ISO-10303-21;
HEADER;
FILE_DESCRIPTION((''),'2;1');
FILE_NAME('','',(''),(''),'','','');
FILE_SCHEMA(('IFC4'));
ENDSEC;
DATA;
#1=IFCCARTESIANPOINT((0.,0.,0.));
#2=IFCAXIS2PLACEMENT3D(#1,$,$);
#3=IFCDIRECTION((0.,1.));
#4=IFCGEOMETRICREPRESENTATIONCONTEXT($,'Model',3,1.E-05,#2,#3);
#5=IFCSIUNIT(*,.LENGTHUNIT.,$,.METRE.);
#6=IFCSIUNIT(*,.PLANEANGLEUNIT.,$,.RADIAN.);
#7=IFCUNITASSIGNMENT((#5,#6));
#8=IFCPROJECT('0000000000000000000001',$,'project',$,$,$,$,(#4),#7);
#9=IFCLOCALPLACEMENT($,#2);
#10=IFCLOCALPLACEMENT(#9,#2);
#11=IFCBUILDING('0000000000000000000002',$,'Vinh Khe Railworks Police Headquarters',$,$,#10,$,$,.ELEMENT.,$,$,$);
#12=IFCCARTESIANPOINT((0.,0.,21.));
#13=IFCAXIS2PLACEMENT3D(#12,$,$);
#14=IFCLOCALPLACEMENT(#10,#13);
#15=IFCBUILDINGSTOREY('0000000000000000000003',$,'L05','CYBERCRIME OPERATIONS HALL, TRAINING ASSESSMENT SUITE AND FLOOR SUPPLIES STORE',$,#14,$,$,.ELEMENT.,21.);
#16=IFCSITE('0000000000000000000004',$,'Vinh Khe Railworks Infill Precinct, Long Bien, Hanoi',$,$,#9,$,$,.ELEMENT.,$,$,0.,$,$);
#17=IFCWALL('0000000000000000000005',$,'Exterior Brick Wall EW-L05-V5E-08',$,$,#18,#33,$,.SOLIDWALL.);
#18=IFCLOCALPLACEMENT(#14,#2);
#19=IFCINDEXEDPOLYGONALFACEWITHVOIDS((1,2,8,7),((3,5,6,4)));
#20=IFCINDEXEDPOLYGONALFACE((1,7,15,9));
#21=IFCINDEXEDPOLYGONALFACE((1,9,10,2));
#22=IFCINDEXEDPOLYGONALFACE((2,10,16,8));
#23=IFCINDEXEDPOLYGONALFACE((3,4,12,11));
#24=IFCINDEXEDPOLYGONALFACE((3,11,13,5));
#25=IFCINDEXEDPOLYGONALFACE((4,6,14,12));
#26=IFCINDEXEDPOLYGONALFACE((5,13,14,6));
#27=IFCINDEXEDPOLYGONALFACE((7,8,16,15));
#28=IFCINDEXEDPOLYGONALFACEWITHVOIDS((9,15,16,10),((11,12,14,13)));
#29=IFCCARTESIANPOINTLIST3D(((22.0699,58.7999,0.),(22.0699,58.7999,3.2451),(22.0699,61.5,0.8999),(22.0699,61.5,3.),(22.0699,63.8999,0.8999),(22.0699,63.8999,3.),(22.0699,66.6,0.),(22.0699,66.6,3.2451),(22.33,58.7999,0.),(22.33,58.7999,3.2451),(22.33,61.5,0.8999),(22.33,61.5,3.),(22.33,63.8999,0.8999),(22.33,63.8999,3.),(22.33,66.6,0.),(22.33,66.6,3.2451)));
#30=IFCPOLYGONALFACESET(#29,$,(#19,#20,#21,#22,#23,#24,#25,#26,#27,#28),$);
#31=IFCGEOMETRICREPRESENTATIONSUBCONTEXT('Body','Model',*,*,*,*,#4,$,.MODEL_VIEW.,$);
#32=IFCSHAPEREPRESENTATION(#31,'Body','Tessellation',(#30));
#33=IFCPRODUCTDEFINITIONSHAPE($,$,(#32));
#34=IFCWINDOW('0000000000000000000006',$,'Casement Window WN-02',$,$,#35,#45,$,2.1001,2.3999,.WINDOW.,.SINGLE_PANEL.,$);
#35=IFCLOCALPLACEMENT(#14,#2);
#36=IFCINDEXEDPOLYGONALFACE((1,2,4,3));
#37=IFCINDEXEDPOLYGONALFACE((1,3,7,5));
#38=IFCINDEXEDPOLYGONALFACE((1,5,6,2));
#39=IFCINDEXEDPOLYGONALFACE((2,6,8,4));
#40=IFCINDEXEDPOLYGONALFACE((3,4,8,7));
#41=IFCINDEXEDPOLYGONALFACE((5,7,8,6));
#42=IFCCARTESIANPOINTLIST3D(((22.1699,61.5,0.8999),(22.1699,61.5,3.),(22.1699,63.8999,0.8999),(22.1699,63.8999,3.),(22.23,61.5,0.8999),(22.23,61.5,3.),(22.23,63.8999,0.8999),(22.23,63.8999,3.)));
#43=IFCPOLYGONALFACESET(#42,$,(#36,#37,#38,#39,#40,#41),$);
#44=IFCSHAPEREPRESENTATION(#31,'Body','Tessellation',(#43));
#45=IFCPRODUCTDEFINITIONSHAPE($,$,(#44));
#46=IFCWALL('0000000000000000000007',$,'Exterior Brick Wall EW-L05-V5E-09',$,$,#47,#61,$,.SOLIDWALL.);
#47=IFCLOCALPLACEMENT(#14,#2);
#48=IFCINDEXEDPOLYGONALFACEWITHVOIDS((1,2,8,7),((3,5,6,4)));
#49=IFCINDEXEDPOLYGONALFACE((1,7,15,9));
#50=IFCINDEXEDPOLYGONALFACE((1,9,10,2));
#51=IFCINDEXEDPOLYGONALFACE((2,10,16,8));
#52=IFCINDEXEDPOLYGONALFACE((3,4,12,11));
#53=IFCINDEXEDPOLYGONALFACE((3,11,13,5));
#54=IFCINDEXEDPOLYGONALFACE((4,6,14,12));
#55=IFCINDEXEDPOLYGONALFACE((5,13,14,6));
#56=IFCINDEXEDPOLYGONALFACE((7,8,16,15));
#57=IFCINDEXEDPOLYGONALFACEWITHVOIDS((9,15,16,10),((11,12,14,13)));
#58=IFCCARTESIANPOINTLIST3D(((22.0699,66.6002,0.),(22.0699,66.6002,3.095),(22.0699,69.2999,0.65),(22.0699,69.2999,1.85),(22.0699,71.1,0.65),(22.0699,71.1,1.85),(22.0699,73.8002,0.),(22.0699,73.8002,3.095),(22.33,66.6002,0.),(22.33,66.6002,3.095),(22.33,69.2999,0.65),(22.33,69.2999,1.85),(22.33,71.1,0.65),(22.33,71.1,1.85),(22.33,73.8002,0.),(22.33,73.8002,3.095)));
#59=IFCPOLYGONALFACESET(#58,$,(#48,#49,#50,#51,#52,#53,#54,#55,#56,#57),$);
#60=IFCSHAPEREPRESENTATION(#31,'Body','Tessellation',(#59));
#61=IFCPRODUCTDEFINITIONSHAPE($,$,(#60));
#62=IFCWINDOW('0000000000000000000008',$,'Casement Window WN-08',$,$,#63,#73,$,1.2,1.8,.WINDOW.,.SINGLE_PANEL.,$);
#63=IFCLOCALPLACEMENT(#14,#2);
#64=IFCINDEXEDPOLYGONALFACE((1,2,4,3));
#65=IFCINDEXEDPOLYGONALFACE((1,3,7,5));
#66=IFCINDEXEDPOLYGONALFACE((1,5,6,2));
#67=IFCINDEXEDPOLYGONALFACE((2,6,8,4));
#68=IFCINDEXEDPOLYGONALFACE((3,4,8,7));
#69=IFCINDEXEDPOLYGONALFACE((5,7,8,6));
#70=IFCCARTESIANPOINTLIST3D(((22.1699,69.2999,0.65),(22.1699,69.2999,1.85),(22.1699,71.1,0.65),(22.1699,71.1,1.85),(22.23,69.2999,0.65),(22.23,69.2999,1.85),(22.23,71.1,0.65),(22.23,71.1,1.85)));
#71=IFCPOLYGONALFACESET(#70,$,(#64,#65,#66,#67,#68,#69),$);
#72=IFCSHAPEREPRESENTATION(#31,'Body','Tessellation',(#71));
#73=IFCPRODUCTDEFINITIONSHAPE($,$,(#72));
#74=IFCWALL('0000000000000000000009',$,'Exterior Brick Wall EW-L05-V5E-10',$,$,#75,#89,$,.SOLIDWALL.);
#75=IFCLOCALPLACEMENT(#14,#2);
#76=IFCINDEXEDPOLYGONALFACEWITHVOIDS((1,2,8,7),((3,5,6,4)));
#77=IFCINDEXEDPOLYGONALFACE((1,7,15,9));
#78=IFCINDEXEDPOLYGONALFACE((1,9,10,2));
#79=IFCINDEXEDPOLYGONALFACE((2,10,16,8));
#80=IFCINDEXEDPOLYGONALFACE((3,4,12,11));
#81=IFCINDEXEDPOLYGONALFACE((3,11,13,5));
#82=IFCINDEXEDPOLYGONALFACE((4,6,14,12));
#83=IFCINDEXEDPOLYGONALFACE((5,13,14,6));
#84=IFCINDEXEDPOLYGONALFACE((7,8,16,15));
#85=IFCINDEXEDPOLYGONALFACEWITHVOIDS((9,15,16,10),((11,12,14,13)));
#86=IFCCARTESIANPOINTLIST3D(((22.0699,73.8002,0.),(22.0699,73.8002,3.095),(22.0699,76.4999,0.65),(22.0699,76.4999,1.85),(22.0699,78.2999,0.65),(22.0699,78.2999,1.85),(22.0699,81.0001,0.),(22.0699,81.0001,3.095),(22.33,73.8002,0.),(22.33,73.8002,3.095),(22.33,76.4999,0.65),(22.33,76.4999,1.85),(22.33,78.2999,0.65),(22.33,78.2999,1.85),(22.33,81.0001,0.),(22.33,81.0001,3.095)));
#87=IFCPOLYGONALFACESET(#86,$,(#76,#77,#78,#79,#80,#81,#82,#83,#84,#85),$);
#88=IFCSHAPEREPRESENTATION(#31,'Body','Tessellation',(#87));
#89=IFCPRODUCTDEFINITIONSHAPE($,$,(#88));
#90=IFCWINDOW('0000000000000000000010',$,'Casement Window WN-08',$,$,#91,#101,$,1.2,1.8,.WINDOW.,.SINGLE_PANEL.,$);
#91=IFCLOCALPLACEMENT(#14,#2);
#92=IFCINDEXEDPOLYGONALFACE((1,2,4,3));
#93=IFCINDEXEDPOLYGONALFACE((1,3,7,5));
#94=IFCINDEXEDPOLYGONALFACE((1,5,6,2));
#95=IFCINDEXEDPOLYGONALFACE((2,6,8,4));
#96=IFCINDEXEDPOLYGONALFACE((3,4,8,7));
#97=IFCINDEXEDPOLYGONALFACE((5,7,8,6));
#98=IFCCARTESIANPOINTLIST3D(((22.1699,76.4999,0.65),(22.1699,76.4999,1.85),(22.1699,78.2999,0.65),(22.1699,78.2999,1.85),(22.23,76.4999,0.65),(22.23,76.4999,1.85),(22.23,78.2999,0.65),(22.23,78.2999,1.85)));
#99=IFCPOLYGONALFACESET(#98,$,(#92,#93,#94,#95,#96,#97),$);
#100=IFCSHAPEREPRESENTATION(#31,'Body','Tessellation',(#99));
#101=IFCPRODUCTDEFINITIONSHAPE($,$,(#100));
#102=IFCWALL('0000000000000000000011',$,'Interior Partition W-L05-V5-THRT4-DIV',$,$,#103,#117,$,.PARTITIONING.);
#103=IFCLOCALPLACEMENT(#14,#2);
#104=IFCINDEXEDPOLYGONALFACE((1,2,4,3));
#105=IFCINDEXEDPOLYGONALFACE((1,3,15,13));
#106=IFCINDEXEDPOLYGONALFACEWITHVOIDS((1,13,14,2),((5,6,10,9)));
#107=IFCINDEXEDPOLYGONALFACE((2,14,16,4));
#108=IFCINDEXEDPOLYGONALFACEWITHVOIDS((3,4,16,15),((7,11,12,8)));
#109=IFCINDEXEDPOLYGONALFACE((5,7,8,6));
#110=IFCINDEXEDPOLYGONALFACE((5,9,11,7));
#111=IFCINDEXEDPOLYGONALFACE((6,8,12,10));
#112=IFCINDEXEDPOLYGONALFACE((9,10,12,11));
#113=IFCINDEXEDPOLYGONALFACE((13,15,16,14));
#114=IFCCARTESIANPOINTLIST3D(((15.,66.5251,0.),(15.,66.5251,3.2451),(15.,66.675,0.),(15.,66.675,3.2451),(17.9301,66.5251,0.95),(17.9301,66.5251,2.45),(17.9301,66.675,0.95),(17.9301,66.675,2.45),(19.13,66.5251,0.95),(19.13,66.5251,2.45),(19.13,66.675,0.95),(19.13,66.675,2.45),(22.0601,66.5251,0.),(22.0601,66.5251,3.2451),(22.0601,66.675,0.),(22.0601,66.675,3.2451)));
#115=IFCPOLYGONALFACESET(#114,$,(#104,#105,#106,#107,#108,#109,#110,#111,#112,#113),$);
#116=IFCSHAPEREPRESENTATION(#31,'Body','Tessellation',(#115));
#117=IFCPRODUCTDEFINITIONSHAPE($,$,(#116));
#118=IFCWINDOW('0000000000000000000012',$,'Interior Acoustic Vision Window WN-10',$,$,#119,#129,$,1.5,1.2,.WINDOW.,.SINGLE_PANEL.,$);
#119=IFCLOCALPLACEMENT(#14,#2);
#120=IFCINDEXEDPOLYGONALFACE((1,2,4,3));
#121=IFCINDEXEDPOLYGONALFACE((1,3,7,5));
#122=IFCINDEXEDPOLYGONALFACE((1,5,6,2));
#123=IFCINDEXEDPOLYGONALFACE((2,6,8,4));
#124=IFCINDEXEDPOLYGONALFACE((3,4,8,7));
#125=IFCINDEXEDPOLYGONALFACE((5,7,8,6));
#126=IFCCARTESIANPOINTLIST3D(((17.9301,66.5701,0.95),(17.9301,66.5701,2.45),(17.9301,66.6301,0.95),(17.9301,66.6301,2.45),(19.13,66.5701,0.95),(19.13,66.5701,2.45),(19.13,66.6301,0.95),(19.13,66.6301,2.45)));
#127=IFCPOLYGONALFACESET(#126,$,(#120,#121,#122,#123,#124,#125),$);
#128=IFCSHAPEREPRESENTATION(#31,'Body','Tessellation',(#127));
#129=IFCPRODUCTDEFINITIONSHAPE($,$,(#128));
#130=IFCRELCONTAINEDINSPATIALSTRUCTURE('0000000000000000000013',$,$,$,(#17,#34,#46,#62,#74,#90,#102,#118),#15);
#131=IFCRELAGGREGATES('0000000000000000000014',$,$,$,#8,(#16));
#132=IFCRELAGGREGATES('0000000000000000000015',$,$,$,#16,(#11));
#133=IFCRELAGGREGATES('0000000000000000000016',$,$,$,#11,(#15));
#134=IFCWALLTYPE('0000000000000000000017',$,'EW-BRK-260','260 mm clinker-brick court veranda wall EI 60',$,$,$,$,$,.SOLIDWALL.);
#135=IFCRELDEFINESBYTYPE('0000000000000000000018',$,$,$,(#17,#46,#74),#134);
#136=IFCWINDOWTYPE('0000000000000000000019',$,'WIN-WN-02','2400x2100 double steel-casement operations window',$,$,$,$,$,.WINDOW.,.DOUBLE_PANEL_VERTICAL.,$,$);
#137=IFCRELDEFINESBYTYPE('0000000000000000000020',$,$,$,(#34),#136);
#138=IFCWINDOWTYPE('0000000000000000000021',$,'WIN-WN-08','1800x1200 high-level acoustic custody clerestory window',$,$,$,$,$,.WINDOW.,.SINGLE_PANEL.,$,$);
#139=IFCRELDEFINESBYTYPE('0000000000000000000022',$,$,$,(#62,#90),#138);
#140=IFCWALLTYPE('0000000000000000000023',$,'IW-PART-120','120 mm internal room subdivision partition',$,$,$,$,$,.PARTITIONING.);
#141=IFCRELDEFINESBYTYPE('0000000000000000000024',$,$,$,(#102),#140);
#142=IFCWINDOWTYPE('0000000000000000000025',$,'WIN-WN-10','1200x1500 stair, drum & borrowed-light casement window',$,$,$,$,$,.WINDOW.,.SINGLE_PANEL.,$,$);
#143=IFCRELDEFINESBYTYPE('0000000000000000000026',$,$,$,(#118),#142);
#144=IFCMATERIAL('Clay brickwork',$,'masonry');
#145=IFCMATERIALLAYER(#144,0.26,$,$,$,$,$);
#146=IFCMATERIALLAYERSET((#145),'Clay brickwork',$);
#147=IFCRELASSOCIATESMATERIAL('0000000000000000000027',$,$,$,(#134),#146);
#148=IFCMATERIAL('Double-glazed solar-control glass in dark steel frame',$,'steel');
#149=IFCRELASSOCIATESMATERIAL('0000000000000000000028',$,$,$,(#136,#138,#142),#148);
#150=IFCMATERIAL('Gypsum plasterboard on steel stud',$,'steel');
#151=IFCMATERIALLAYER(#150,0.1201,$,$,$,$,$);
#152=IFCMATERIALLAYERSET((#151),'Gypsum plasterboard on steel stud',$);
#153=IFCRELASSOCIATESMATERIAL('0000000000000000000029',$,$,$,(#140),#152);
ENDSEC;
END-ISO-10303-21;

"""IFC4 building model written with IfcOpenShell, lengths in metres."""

from ifc_helpers import new_model, si_unit, direction, frame, frame_2d, origin, place, context, subcontext, project, spatial, rectangle, extrude, material, layer, layer_set, type_object, element, fill, save


model = new_model("IFC4")

# Units and contexts
model_context = context("Model", 3, precision=1e-05, world=origin(), true_north=direction((0.0, 1.0)))
body_context = subcontext(model_context, "Body", "Model", "MODEL_VIEW")
ifc_project = project(units=[si_unit("LENGTHUNIT", "METRE"), si_unit("PLANEANGLEUNIT", "RADIAN")], contexts=[model_context])

# Site, building, storey
site_placement = place(None, origin())
site = spatial("IfcSite", under=ifc_project, at=site_placement, Name="Vinh Khe Railworks Infill Precinct, Long Bien, Hanoi", CompositionType="ELEMENT", RefElevation=0.0)
building_placement = place(site_placement, origin())
building = spatial("IfcBuilding", under=site, at=building_placement, Name="Vinh Khe Railworks Police Headquarters", CompositionType="ELEMENT")
storey_placement = place(building_placement, frame((0.0, 0.0, 21.0)))
storey = spatial("IfcBuildingStorey", under=building, at=storey_placement, Name="L05", Description="CYBERCRIME OPERATIONS HALL, TRAINING ASSESSMENT SUITE AND FLOOR SUPPLIES STORE", CompositionType="ELEMENT", Elevation=21.0)

# Walls, openings, windows
ifc_material_1 = material(Name="Clay brickwork", Category="masonry")
ifc_layer_1 = layer(ifc_material_1, 0.26)
ifc_layer_set_1 = layer_set([ifc_layer_1], Name="Clay brickwork")
wall_type_1 = type_object("IfcWallType", Name="EW-BRK-260", Description="260 mm clinker-brick court veranda wall EI 60", PredefinedType="SOLIDWALL", material=ifc_layer_set_1)
wall_1_placement = place(storey_placement, frame((22.2, 58.8, 0.0), z_axis=(0.0, 0.0, 1.0), x_axis=(0.0, 1.0, 0.0)))
wall_1 = element("IfcWall", 1, at=wall_1_placement, inside=storey, type_object=wall_type_1, Name="Exterior Brick Wall EW-L05-V5E-08", PredefinedType="SOLIDWALL", context=body_context, shape_type="SweptSolid", body=[
    extrude(rectangle(XDim=7.8, YDim=0.26, at=frame_2d((3.8999, 0.0))), origin(), (0.0, 0.0, 1.0), 3.2451),
])
opening_1_placement = place(wall_1_placement, frame((2.7, 0.0, 0.8999)))
opening_1 = element("IfcOpeningElement", 2, at=opening_1_placement, cuts=wall_1, PredefinedType="OPENING", context=body_context, shape_type="SweptSolid", body=[
    extrude(rectangle(XDim=2.3999, YDim=2.1001, at=frame_2d((1.2, 1.05))), frame((0.0, 0.145, 0.0), z_axis=(0.0, -1.0, 0.0), x_axis=(1.0, 0.0, 0.0)), (0.0, 0.0, 1.0), 0.2898),
])
ifc_material_2 = material(Name="Double-glazed solar-control glass in dark steel frame", Category="steel")
window_type_1 = type_object("IfcWindowType", Name="WIN-WN-02", Description="2400x2100 double steel-casement operations window", PartitioningType="DOUBLE_PANEL_VERTICAL", PredefinedType="WINDOW", material=ifc_material_2)
window_1_placement = place(opening_1_placement, origin())
window_1 = element("IfcWindow", 3, at=window_1_placement, inside=storey, type_object=window_type_1, Name="Casement Window WN-02", OverallHeight=2.1001, OverallWidth=2.3999, PartitioningType="SINGLE_PANEL", PredefinedType="WINDOW", context=body_context, shape_type="SweptSolid", body=[
    extrude(rectangle(XDim=2.3999, YDim=2.1001, at=frame_2d((1.2, 1.05))), frame((0.0, 0.03, 0.0), z_axis=(0.0, -1.0, 0.0), x_axis=(1.0, 0.0, 0.0)), (0.0, 0.0, 1.0), 0.0601),
])
fill(opening_1, window_1)
wall_2_placement = place(storey_placement, frame((22.2, 66.6001, 0.0), z_axis=(0.0, 0.0, 1.0), x_axis=(0.0, 1.0, 0.0)))
wall_2 = element("IfcWall", 4, at=wall_2_placement, inside=storey, type_object=wall_type_1, Name="Exterior Brick Wall EW-L05-V5E-09", PredefinedType="SOLIDWALL", context=body_context, shape_type="SweptSolid", body=[
    extrude(rectangle(XDim=7.2, YDim=0.26, at=frame_2d((3.6001, 0.0))), origin(), (0.0, 0.0, 1.0), 3.095),
])
opening_2_placement = place(wall_2_placement, frame((2.7, 0.0, 0.6499)))
opening_2 = element("IfcOpeningElement", 5, at=opening_2_placement, cuts=wall_2, PredefinedType="OPENING", context=body_context, shape_type="SweptSolid", body=[
    extrude(rectangle(XDim=1.8, YDim=1.2, at=frame_2d((0.8999, 0.6001))), frame((0.0, 0.145, 0.0), z_axis=(0.0, -1.0, 0.0), x_axis=(1.0, 0.0, 0.0)), (0.0, 0.0, 1.0), 0.2898),
])
window_type_2 = type_object("IfcWindowType", Name="WIN-WN-08", Description="1800x1200 high-level acoustic custody clerestory window", PartitioningType="SINGLE_PANEL", PredefinedType="WINDOW", material=ifc_material_2)
window_2_placement = place(opening_2_placement, origin())
window_2 = element("IfcWindow", 6, at=window_2_placement, inside=storey, type_object=window_type_2, Name="Casement Window WN-08", OverallHeight=1.2, OverallWidth=1.8, PartitioningType="SINGLE_PANEL", PredefinedType="WINDOW", context=body_context, shape_type="SweptSolid", body=[
    extrude(rectangle(XDim=1.8, YDim=1.2, at=frame_2d((0.8999, 0.6001))), frame((0.0, 0.03, 0.0), z_axis=(0.0, -1.0, 0.0), x_axis=(1.0, 0.0, 0.0)), (0.0, 0.0, 1.0), 0.0601),
])
fill(opening_2, window_2)
wall_3_placement = place(storey_placement, frame((22.2, 73.8, 0.0), z_axis=(0.0, 0.0, 1.0), x_axis=(0.0, 1.0, 0.0)))
wall_3 = element("IfcWall", 7, at=wall_3_placement, inside=storey, type_object=wall_type_1, Name="Exterior Brick Wall EW-L05-V5E-10", PredefinedType="SOLIDWALL", context=body_context, shape_type="SweptSolid", body=[
    extrude(rectangle(XDim=7.2, YDim=0.26, at=frame_2d((3.6001, 0.0))), origin(), (0.0, 0.0, 1.0), 3.095),
])
opening_3_placement = place(wall_3_placement, frame((2.7, 0.0, 0.6499)))
opening_3 = element("IfcOpeningElement", 8, at=opening_3_placement, cuts=wall_3, PredefinedType="OPENING", context=body_context, shape_type="SweptSolid", body=[
    extrude(rectangle(XDim=1.8, YDim=1.2, at=frame_2d((0.8999, 0.6001))), frame((0.0, 0.145, 0.0), z_axis=(0.0, -1.0, 0.0), x_axis=(1.0, 0.0, 0.0)), (0.0, 0.0, 1.0), 0.2898),
])
window_3_placement = place(opening_3_placement, origin())
window_3 = element("IfcWindow", 9, at=window_3_placement, inside=storey, type_object=window_type_2, Name="Casement Window WN-08", OverallHeight=1.2, OverallWidth=1.8, PartitioningType="SINGLE_PANEL", PredefinedType="WINDOW", context=body_context, shape_type="SweptSolid", body=[
    extrude(rectangle(XDim=1.8, YDim=1.2, at=frame_2d((0.8999, 0.6001))), frame((0.0, 0.03, 0.0), z_axis=(0.0, -1.0, 0.0), x_axis=(1.0, 0.0, 0.0)), (0.0, 0.0, 1.0), 0.0601),
])
fill(opening_3, window_3)
ifc_material_3 = material(Name="Gypsum plasterboard on steel stud", Category="steel")
ifc_layer_2 = layer(ifc_material_3, 0.1201)
ifc_layer_set_2 = layer_set([ifc_layer_2], Name="Gypsum plasterboard on steel stud")
wall_type_2 = type_object("IfcWallType", Name="IW-PART-120", Description="120 mm internal room subdivision partition", PredefinedType="PARTITIONING", material=ifc_layer_set_2)
wall_4_placement = place(storey_placement, frame((15.0, 66.6001, 0.0), z_axis=(0.0, 0.0, 1.0), x_axis=(1.0, 0.0, 0.0)))
wall_4 = element("IfcWall", 10, at=wall_4_placement, inside=storey, type_object=wall_type_2, Name="Interior Partition W-L05-V5-THRT4-DIV", PredefinedType="PARTITIONING", context=body_context, shape_type="SweptSolid", body=[
    extrude(rectangle(XDim=7.0601, YDim=0.1499, at=frame_2d((3.53, 0.0))), origin(), (0.0, 0.0, 1.0), 3.2451),
])
opening_4_placement = place(wall_4_placement, frame((2.9299, 0.0, 0.95)))
opening_4 = element("IfcOpeningElement", 11, at=opening_4_placement, cuts=wall_4, PredefinedType="OPENING", context=body_context, shape_type="SweptSolid", body=[
    extrude(rectangle(XDim=1.2, YDim=1.5, at=frame_2d((0.6001, 0.75))), frame((0.0, 0.0898, 0.0), z_axis=(0.0, -1.0, 0.0), x_axis=(1.0, 0.0, 0.0)), (0.0, 0.0, 1.0), 0.1797),
])
window_type_3 = type_object("IfcWindowType", Name="WIN-WN-10", Description="1200x1500 stair, drum & borrowed-light casement window", PartitioningType="SINGLE_PANEL", PredefinedType="WINDOW", material=ifc_material_2)
window_4_placement = place(opening_4_placement, origin())
window_4 = element("IfcWindow", 12, at=window_4_placement, inside=storey, type_object=window_type_3, Name="Interior Acoustic Vision Window WN-10", OverallHeight=1.5, OverallWidth=1.2, PartitioningType="SINGLE_PANEL", PredefinedType="WINDOW", context=body_context, shape_type="SweptSolid", body=[
    extrude(rectangle(XDim=1.2, YDim=1.5, at=frame_2d((0.6001, 0.75))), frame((0.0, 0.03, 0.0), z_axis=(0.0, -1.0, 0.0), x_axis=(1.0, 0.0, 0.0)), (0.0, 0.0, 1.0), 0.0601),
])
fill(opening_4, window_4)

save(model, "model.ifc")
